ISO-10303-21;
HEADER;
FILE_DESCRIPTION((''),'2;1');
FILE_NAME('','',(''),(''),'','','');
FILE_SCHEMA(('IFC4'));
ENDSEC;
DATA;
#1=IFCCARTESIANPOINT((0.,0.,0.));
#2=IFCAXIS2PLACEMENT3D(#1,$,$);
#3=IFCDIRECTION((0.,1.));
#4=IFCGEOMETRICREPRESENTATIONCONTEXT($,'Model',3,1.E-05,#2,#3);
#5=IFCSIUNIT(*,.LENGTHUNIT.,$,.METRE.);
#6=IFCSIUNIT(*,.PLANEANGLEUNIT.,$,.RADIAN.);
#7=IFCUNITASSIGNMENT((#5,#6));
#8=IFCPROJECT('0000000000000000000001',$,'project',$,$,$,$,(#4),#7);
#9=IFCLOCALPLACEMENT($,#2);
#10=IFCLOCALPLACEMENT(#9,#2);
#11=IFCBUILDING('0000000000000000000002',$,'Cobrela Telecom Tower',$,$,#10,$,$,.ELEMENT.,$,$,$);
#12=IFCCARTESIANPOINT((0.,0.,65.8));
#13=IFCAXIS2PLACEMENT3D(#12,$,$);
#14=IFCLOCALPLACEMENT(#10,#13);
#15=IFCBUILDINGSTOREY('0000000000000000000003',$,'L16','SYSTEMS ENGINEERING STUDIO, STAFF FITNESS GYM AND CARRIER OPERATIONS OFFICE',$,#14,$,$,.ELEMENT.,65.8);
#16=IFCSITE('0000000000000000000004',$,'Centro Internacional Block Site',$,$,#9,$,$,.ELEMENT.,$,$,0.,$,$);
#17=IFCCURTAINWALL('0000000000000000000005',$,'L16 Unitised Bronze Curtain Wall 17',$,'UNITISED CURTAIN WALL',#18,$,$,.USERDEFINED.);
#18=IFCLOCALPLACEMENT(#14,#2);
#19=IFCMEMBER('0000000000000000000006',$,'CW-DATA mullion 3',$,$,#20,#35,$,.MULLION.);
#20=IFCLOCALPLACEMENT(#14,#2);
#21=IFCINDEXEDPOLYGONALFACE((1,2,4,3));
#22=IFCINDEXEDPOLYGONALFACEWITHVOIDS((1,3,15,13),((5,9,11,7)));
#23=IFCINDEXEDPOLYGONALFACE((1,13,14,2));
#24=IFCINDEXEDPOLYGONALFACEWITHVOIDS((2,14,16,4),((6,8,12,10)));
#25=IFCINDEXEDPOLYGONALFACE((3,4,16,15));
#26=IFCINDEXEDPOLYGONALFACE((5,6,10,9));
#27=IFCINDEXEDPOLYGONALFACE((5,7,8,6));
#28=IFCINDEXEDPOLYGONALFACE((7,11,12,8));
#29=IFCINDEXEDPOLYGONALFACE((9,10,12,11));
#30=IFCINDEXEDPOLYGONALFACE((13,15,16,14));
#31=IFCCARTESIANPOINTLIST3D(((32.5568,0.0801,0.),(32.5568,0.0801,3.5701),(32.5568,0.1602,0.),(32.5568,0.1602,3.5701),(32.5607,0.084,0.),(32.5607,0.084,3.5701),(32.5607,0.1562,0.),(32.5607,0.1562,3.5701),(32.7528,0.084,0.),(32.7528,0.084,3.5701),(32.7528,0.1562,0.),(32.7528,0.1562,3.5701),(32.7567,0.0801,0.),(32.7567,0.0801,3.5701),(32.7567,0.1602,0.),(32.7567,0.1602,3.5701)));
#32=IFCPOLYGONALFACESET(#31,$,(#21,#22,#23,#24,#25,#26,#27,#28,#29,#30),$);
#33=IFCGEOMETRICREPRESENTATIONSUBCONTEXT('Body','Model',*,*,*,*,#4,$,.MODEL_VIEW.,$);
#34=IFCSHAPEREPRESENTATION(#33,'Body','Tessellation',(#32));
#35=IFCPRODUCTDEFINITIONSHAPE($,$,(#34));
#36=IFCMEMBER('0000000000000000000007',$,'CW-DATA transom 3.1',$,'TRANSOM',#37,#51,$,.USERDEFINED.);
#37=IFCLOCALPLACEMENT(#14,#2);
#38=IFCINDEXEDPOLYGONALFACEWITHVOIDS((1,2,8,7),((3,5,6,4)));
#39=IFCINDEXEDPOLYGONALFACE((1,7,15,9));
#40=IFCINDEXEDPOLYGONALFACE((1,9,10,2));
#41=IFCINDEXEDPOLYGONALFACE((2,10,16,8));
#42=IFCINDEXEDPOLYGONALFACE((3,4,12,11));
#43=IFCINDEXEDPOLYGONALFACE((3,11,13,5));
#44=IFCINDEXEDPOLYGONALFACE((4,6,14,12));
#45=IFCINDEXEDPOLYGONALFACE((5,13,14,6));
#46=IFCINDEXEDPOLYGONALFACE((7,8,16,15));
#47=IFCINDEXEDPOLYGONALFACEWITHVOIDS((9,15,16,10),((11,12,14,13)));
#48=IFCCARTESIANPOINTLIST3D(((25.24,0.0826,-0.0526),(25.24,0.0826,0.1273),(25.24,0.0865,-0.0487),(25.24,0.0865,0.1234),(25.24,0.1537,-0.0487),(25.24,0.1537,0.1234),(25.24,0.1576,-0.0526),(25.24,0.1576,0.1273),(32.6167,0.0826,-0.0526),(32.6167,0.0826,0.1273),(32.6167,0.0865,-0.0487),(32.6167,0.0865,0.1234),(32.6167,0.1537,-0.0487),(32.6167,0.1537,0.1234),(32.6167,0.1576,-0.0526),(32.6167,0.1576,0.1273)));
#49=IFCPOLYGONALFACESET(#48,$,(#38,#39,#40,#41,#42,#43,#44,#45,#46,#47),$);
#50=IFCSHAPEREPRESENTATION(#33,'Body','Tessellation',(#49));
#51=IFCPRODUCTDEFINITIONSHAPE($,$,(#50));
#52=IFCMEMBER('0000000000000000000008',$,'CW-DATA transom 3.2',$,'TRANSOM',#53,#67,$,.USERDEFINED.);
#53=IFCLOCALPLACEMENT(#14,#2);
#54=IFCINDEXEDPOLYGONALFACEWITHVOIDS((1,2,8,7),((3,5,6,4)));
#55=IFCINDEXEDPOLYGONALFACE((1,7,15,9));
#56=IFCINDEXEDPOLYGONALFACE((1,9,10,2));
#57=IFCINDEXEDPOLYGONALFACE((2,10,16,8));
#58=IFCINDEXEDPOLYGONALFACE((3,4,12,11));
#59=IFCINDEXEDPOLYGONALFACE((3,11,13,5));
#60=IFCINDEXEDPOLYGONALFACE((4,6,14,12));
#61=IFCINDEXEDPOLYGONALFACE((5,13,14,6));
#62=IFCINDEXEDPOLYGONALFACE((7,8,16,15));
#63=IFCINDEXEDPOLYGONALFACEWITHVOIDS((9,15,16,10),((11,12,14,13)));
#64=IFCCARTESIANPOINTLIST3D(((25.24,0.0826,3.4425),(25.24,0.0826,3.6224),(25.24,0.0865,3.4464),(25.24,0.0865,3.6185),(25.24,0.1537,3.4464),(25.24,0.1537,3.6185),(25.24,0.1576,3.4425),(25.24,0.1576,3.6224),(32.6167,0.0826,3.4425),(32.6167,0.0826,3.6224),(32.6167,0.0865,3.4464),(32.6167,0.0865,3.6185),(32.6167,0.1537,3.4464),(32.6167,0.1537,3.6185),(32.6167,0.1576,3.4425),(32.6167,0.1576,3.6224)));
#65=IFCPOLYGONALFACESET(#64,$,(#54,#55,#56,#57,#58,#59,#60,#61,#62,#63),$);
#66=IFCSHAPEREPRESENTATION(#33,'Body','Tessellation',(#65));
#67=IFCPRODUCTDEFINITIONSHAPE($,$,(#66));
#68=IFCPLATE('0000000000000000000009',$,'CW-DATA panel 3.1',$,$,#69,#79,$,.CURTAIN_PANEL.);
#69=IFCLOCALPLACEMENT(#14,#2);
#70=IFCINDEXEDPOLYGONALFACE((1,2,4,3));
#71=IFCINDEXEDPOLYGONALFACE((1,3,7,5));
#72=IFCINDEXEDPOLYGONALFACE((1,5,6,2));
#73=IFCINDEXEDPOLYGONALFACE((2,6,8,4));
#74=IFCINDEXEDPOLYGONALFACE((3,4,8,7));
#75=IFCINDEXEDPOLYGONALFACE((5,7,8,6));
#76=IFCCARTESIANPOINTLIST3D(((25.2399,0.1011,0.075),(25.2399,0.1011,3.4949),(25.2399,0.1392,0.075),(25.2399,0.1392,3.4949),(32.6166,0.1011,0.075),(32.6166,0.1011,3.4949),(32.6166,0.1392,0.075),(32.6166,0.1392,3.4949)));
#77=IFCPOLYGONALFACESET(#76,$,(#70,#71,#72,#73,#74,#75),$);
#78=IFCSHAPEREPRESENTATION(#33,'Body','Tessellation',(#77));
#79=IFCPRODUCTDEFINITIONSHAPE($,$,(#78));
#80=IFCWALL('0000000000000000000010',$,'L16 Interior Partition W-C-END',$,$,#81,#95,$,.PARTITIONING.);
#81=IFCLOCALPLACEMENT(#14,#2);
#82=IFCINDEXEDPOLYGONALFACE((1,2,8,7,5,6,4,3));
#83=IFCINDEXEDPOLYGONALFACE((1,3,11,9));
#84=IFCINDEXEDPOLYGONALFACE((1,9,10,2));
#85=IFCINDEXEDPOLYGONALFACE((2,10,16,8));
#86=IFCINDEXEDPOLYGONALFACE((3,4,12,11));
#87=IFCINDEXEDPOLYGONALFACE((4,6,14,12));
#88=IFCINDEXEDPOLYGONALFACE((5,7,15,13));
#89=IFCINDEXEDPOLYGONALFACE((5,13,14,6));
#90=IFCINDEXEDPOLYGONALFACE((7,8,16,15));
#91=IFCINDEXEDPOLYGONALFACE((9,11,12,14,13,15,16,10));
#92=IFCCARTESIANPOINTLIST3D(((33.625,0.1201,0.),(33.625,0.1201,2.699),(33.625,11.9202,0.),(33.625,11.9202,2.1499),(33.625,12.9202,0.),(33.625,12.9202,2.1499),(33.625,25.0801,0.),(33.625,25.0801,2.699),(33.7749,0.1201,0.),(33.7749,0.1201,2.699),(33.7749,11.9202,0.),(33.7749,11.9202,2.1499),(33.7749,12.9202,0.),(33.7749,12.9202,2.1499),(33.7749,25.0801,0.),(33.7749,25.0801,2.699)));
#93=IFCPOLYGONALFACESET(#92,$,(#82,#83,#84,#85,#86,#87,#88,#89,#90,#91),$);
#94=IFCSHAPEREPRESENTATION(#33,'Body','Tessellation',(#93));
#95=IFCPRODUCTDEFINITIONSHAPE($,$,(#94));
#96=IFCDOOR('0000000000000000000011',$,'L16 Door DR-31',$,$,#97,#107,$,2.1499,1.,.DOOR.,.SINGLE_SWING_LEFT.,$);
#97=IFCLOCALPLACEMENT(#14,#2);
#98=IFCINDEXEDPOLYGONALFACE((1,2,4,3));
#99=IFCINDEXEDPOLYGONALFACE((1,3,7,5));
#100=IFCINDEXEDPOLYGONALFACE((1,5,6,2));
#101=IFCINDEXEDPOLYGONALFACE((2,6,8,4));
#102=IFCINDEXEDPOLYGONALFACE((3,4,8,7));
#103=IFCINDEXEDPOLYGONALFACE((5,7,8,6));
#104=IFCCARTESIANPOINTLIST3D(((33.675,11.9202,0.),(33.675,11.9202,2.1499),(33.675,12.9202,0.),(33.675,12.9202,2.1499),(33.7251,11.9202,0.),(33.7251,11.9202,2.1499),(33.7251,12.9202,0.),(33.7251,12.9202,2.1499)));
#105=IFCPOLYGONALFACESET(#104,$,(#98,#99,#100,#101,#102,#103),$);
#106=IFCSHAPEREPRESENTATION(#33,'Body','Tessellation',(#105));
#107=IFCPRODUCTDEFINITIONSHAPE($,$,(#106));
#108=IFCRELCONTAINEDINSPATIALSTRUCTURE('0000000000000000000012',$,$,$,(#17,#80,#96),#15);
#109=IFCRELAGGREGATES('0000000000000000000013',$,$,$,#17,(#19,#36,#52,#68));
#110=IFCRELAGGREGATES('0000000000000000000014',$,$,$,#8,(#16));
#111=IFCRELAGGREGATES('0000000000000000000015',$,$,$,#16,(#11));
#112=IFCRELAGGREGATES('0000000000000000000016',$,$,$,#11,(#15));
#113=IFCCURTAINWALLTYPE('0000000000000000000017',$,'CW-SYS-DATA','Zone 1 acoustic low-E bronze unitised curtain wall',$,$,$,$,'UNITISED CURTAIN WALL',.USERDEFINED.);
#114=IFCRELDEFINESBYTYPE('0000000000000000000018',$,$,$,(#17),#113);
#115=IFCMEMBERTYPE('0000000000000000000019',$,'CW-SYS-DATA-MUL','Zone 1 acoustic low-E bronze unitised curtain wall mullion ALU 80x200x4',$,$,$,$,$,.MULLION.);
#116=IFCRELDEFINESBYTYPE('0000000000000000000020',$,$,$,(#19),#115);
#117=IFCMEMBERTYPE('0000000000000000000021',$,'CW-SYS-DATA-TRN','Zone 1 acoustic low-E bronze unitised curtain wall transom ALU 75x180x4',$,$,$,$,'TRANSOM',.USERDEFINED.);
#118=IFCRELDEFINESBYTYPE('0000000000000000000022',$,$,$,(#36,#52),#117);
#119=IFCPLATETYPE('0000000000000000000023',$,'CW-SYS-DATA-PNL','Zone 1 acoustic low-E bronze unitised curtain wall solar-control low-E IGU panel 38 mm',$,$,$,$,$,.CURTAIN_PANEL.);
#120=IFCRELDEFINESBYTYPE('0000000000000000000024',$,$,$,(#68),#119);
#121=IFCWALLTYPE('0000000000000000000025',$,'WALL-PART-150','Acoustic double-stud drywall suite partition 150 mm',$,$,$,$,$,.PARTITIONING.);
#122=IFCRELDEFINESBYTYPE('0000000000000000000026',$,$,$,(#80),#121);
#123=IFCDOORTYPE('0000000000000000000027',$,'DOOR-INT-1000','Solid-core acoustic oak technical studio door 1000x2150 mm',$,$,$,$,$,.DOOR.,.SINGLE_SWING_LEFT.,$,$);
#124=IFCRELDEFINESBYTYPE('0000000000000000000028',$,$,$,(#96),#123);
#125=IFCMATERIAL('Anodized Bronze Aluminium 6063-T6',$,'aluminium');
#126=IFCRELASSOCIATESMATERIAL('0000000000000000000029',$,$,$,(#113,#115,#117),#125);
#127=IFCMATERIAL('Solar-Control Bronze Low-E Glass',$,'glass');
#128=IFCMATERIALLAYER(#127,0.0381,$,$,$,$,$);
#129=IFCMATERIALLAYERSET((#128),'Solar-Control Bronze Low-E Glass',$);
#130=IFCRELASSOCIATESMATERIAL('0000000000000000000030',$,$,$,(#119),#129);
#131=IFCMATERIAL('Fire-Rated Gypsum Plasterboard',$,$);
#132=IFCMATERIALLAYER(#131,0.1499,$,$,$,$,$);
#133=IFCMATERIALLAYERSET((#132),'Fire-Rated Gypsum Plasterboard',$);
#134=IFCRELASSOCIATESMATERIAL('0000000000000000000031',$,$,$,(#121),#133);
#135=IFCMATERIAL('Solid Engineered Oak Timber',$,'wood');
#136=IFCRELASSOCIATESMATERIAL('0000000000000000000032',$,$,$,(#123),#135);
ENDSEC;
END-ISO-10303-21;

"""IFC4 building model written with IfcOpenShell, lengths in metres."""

from ifc_helpers import new_model, si_unit, direction, frame, frame_2d, origin, origin_2d, place, context, subcontext, project, spatial, rectangle, hollow_rectangle, extrude, material, layer, layer_set, material_profile, profile_set, type_object, element, fill, aggregate, save


model = new_model("IFC4")

# Units and contexts
model_context = context("Model", 3, precision=1e-05, world=origin(), true_north=direction((0.0, 1.0)))
body_context = subcontext(model_context, "Body", "Model", "MODEL_VIEW")
ifc_project = project(units=[si_unit("LENGTHUNIT", "METRE"), si_unit("PLANEANGLEUNIT", "RADIAN")], contexts=[model_context])

# Site, building, storey
site_placement = place(None, origin())
site = spatial("IfcSite", under=ifc_project, at=site_placement, Name="Centro Internacional Block Site", CompositionType="ELEMENT", RefElevation=0.0)
building_placement = place(site_placement, origin())
building = spatial("IfcBuilding", under=site, at=building_placement, Name="Cobrela Telecom Tower", CompositionType="ELEMENT")
storey_placement = place(building_placement, frame((0.0, 0.0, 65.8)))
storey = spatial("IfcBuildingStorey", under=building, at=storey_placement, Name="L16", Description="SYSTEMS ENGINEERING STUDIO, STAFF FITNESS GYM AND CARRIER OPERATIONS OFFICE", CompositionType="ELEMENT", Elevation=65.8)

# Curtain wall, members, plate
ifc_material_1 = material(Name="Anodized Bronze Aluminium 6063-T6", Category="aluminium")
curtain_wall_type = type_object("IfcCurtainWallType", Name="CW-SYS-DATA", Description="Zone 1 acoustic low-E bronze unitised curtain wall", ElementType="UNITISED CURTAIN WALL", PredefinedType="USERDEFINED", material=ifc_material_1)
curtain_wall_placement = place(storey_placement, origin())
curtain_wall = element("IfcCurtainWall", 1, at=curtain_wall_placement, inside=storey, type_object=curtain_wall_type, Name="L16 Unitised Bronze Curtain Wall 17", ObjectType="UNITISED CURTAIN WALL", PredefinedType="USERDEFINED")
ifc_material_profile_1 = material_profile(ifc_material_1, hollow_rectangle(XDim=0.0801, YDim=0.2, WallThickness=0.0039, at=origin_2d()), Name="ALU 80x200x4")
ifc_profile_set_1 = profile_set([ifc_material_profile_1], Name="Anodized Bronze Aluminium 6063-T6")
member_type_1 = type_object("IfcMemberType", Name="CW-SYS-DATA-MUL", Description="Zone 1 acoustic low-E bronze unitised curtain wall mullion ALU 80x200x4", PredefinedType="MULLION", material=ifc_profile_set_1)
member_1_placement = place(storey_placement, frame((32.6567, 0.1201, 0.0), z_axis=(0.0, 0.0, 1.0), x_axis=(0.0, -1.0, 0.0)))
member_1 = element("IfcMember", 2, at=member_1_placement, type_object=member_type_1, Name="CW-DATA mullion 3", PredefinedType="MULLION", context=body_context, shape_type="SweptSolid", body=[
    extrude(hollow_rectangle(XDim=0.0801, YDim=0.2, WallThickness=0.0039, at=origin_2d()), origin(), (0.0, 0.0, 1.0), 3.5701),
])
ifc_material_profile_2 = material_profile(ifc_material_1, hollow_rectangle(XDim=0.075, YDim=0.1799, WallThickness=0.0039, at=origin_2d()), Name="ALU 75x180x4")
ifc_profile_set_2 = profile_set([ifc_material_profile_2], Name="Anodized Bronze Aluminium 6063-T6")
member_type_2 = type_object("IfcMemberType", Name="CW-SYS-DATA-TRN", Description="Zone 1 acoustic low-E bronze unitised curtain wall transom ALU 75x180x4", ElementType="TRANSOM", PredefinedType="USERDEFINED", material=ifc_profile_set_2)
member_2_placement = place(storey_placement, frame((32.6167, 0.1201, 0.0374), z_axis=(-1.0, 0.0, 0.0), x_axis=(0.0, -1.0, 0.0)))
member_2 = element("IfcMember", 3, at=member_2_placement, type_object=member_type_2, Name="CW-DATA transom 3.1", ObjectType="TRANSOM", PredefinedType="USERDEFINED", context=body_context, shape_type="SweptSolid", body=[
    extrude(hollow_rectangle(XDim=0.075, YDim=0.1799, WallThickness=0.0039, at=origin_2d()), origin(), (0.0, 0.0, 1.0), 7.3767),
])
member_3_placement = place(storey_placement, frame((32.6167, 0.1201, 3.5325), z_axis=(-1.0, 0.0, 0.0), x_axis=(0.0, -1.0, 0.0)))
member_3 = element("IfcMember", 4, at=member_3_placement, type_object=member_type_2, Name="CW-DATA transom 3.2", ObjectType="TRANSOM", PredefinedType="USERDEFINED", context=body_context, shape_type="SweptSolid", body=[
    extrude(hollow_rectangle(XDim=0.075, YDim=0.1799, WallThickness=0.0039, at=origin_2d()), origin(), (0.0, 0.0, 1.0), 7.3767),
])
ifc_material_2 = material(Name="Solar-Control Bronze Low-E Glass", Category="glass")
ifc_layer_1 = layer(ifc_material_2, 0.0381)
ifc_layer_set_1 = layer_set([ifc_layer_1], Name="Solar-Control Bronze Low-E Glass")
plate_type = type_object("IfcPlateType", Name="CW-SYS-DATA-PNL", Description="Zone 1 acoustic low-E bronze unitised curtain wall solar-control low-E IGU panel 38 mm", PredefinedType="CURTAIN_PANEL", material=ifc_layer_set_1)
plate_placement = place(storey_placement, frame((28.9282, 0.1201, 0.075), z_axis=(0.0, 0.0, 1.0), x_axis=(-1.0, 0.0, 0.0)))
plate = element("IfcPlate", 5, at=plate_placement, type_object=plate_type, Name="CW-DATA panel 3.1", PredefinedType="CURTAIN_PANEL", context=body_context, shape_type="SweptSolid", body=[
    extrude(rectangle(XDim=7.3767, YDim=0.0381, at=origin_2d()), origin(), (0.0, 0.0, 1.0), 3.4199),
])
aggregate(curtain_wall, [member_1, member_2, member_3, plate])

# Wall, opening, door
ifc_material_3 = material(Name="Fire-Rated Gypsum Plasterboard")
ifc_layer_2 = layer(ifc_material_3, 0.1499)
ifc_layer_set_2 = layer_set([ifc_layer_2], Name="Fire-Rated Gypsum Plasterboard")
wall_type = type_object("IfcWallType", Name="WALL-PART-150", Description="Acoustic double-stud drywall suite partition 150 mm", PredefinedType="PARTITIONING", material=ifc_layer_set_2)
wall_placement = place(storey_placement, frame((33.7, 0.1201, 0.0), z_axis=(0.0, 0.0, 1.0), x_axis=(0.0, 1.0, 0.0)))
wall = element("IfcWall", 6, at=wall_placement, inside=storey, type_object=wall_type, Name="L16 Interior Partition W-C-END", PredefinedType="PARTITIONING", context=body_context, shape_type="SweptSolid", body=[
    extrude(rectangle(XDim=24.96, YDim=0.1499, at=frame_2d((12.48, 0.0))), origin(), (0.0, 0.0, 1.0), 2.699),
])
opening_placement = place(wall_placement, frame((11.8, 0.0, 0.0)))
opening = element("IfcOpeningElement", 7, at=opening_placement, cuts=wall, PredefinedType="OPENING", context=body_context, shape_type="SweptSolid", body=[
    extrude(rectangle(XDim=1.0, YDim=2.1499, at=frame_2d((0.5, 1.075))), frame((0.0, 0.0869, 0.0), z_axis=(0.0, -1.0, 0.0), x_axis=(1.0, 0.0, 0.0)), (0.0, 0.0, 1.0), 0.1738),
])
ifc_material_4 = material(Name="Solid Engineered Oak Timber", Category="wood")
door_type = type_object("IfcDoorType", Name="DOOR-INT-1000", Description="Solid-core acoustic oak technical studio door 1000x2150 mm", OperationType="SINGLE_SWING_LEFT", PredefinedType="DOOR", material=ifc_material_4)
door_placement = place(opening_placement, origin())
door = element("IfcDoor", 8, at=door_placement, inside=storey, type_object=door_type, Name="L16 Door DR-31", OperationType="SINGLE_SWING_LEFT", OverallHeight=2.1499, OverallWidth=1.0, PredefinedType="DOOR", context=body_context, shape_type="SweptSolid", body=[
    extrude(rectangle(XDim=1.0, YDim=2.1499, at=frame_2d((0.5, 1.075))), frame((0.0, 0.0249, 0.0), z_axis=(0.0, -1.0, 0.0), x_axis=(1.0, 0.0, 0.0)), (0.0, 0.0, 1.0), 0.05),
])
fill(opening, door)

save(model, "model.ifc")
